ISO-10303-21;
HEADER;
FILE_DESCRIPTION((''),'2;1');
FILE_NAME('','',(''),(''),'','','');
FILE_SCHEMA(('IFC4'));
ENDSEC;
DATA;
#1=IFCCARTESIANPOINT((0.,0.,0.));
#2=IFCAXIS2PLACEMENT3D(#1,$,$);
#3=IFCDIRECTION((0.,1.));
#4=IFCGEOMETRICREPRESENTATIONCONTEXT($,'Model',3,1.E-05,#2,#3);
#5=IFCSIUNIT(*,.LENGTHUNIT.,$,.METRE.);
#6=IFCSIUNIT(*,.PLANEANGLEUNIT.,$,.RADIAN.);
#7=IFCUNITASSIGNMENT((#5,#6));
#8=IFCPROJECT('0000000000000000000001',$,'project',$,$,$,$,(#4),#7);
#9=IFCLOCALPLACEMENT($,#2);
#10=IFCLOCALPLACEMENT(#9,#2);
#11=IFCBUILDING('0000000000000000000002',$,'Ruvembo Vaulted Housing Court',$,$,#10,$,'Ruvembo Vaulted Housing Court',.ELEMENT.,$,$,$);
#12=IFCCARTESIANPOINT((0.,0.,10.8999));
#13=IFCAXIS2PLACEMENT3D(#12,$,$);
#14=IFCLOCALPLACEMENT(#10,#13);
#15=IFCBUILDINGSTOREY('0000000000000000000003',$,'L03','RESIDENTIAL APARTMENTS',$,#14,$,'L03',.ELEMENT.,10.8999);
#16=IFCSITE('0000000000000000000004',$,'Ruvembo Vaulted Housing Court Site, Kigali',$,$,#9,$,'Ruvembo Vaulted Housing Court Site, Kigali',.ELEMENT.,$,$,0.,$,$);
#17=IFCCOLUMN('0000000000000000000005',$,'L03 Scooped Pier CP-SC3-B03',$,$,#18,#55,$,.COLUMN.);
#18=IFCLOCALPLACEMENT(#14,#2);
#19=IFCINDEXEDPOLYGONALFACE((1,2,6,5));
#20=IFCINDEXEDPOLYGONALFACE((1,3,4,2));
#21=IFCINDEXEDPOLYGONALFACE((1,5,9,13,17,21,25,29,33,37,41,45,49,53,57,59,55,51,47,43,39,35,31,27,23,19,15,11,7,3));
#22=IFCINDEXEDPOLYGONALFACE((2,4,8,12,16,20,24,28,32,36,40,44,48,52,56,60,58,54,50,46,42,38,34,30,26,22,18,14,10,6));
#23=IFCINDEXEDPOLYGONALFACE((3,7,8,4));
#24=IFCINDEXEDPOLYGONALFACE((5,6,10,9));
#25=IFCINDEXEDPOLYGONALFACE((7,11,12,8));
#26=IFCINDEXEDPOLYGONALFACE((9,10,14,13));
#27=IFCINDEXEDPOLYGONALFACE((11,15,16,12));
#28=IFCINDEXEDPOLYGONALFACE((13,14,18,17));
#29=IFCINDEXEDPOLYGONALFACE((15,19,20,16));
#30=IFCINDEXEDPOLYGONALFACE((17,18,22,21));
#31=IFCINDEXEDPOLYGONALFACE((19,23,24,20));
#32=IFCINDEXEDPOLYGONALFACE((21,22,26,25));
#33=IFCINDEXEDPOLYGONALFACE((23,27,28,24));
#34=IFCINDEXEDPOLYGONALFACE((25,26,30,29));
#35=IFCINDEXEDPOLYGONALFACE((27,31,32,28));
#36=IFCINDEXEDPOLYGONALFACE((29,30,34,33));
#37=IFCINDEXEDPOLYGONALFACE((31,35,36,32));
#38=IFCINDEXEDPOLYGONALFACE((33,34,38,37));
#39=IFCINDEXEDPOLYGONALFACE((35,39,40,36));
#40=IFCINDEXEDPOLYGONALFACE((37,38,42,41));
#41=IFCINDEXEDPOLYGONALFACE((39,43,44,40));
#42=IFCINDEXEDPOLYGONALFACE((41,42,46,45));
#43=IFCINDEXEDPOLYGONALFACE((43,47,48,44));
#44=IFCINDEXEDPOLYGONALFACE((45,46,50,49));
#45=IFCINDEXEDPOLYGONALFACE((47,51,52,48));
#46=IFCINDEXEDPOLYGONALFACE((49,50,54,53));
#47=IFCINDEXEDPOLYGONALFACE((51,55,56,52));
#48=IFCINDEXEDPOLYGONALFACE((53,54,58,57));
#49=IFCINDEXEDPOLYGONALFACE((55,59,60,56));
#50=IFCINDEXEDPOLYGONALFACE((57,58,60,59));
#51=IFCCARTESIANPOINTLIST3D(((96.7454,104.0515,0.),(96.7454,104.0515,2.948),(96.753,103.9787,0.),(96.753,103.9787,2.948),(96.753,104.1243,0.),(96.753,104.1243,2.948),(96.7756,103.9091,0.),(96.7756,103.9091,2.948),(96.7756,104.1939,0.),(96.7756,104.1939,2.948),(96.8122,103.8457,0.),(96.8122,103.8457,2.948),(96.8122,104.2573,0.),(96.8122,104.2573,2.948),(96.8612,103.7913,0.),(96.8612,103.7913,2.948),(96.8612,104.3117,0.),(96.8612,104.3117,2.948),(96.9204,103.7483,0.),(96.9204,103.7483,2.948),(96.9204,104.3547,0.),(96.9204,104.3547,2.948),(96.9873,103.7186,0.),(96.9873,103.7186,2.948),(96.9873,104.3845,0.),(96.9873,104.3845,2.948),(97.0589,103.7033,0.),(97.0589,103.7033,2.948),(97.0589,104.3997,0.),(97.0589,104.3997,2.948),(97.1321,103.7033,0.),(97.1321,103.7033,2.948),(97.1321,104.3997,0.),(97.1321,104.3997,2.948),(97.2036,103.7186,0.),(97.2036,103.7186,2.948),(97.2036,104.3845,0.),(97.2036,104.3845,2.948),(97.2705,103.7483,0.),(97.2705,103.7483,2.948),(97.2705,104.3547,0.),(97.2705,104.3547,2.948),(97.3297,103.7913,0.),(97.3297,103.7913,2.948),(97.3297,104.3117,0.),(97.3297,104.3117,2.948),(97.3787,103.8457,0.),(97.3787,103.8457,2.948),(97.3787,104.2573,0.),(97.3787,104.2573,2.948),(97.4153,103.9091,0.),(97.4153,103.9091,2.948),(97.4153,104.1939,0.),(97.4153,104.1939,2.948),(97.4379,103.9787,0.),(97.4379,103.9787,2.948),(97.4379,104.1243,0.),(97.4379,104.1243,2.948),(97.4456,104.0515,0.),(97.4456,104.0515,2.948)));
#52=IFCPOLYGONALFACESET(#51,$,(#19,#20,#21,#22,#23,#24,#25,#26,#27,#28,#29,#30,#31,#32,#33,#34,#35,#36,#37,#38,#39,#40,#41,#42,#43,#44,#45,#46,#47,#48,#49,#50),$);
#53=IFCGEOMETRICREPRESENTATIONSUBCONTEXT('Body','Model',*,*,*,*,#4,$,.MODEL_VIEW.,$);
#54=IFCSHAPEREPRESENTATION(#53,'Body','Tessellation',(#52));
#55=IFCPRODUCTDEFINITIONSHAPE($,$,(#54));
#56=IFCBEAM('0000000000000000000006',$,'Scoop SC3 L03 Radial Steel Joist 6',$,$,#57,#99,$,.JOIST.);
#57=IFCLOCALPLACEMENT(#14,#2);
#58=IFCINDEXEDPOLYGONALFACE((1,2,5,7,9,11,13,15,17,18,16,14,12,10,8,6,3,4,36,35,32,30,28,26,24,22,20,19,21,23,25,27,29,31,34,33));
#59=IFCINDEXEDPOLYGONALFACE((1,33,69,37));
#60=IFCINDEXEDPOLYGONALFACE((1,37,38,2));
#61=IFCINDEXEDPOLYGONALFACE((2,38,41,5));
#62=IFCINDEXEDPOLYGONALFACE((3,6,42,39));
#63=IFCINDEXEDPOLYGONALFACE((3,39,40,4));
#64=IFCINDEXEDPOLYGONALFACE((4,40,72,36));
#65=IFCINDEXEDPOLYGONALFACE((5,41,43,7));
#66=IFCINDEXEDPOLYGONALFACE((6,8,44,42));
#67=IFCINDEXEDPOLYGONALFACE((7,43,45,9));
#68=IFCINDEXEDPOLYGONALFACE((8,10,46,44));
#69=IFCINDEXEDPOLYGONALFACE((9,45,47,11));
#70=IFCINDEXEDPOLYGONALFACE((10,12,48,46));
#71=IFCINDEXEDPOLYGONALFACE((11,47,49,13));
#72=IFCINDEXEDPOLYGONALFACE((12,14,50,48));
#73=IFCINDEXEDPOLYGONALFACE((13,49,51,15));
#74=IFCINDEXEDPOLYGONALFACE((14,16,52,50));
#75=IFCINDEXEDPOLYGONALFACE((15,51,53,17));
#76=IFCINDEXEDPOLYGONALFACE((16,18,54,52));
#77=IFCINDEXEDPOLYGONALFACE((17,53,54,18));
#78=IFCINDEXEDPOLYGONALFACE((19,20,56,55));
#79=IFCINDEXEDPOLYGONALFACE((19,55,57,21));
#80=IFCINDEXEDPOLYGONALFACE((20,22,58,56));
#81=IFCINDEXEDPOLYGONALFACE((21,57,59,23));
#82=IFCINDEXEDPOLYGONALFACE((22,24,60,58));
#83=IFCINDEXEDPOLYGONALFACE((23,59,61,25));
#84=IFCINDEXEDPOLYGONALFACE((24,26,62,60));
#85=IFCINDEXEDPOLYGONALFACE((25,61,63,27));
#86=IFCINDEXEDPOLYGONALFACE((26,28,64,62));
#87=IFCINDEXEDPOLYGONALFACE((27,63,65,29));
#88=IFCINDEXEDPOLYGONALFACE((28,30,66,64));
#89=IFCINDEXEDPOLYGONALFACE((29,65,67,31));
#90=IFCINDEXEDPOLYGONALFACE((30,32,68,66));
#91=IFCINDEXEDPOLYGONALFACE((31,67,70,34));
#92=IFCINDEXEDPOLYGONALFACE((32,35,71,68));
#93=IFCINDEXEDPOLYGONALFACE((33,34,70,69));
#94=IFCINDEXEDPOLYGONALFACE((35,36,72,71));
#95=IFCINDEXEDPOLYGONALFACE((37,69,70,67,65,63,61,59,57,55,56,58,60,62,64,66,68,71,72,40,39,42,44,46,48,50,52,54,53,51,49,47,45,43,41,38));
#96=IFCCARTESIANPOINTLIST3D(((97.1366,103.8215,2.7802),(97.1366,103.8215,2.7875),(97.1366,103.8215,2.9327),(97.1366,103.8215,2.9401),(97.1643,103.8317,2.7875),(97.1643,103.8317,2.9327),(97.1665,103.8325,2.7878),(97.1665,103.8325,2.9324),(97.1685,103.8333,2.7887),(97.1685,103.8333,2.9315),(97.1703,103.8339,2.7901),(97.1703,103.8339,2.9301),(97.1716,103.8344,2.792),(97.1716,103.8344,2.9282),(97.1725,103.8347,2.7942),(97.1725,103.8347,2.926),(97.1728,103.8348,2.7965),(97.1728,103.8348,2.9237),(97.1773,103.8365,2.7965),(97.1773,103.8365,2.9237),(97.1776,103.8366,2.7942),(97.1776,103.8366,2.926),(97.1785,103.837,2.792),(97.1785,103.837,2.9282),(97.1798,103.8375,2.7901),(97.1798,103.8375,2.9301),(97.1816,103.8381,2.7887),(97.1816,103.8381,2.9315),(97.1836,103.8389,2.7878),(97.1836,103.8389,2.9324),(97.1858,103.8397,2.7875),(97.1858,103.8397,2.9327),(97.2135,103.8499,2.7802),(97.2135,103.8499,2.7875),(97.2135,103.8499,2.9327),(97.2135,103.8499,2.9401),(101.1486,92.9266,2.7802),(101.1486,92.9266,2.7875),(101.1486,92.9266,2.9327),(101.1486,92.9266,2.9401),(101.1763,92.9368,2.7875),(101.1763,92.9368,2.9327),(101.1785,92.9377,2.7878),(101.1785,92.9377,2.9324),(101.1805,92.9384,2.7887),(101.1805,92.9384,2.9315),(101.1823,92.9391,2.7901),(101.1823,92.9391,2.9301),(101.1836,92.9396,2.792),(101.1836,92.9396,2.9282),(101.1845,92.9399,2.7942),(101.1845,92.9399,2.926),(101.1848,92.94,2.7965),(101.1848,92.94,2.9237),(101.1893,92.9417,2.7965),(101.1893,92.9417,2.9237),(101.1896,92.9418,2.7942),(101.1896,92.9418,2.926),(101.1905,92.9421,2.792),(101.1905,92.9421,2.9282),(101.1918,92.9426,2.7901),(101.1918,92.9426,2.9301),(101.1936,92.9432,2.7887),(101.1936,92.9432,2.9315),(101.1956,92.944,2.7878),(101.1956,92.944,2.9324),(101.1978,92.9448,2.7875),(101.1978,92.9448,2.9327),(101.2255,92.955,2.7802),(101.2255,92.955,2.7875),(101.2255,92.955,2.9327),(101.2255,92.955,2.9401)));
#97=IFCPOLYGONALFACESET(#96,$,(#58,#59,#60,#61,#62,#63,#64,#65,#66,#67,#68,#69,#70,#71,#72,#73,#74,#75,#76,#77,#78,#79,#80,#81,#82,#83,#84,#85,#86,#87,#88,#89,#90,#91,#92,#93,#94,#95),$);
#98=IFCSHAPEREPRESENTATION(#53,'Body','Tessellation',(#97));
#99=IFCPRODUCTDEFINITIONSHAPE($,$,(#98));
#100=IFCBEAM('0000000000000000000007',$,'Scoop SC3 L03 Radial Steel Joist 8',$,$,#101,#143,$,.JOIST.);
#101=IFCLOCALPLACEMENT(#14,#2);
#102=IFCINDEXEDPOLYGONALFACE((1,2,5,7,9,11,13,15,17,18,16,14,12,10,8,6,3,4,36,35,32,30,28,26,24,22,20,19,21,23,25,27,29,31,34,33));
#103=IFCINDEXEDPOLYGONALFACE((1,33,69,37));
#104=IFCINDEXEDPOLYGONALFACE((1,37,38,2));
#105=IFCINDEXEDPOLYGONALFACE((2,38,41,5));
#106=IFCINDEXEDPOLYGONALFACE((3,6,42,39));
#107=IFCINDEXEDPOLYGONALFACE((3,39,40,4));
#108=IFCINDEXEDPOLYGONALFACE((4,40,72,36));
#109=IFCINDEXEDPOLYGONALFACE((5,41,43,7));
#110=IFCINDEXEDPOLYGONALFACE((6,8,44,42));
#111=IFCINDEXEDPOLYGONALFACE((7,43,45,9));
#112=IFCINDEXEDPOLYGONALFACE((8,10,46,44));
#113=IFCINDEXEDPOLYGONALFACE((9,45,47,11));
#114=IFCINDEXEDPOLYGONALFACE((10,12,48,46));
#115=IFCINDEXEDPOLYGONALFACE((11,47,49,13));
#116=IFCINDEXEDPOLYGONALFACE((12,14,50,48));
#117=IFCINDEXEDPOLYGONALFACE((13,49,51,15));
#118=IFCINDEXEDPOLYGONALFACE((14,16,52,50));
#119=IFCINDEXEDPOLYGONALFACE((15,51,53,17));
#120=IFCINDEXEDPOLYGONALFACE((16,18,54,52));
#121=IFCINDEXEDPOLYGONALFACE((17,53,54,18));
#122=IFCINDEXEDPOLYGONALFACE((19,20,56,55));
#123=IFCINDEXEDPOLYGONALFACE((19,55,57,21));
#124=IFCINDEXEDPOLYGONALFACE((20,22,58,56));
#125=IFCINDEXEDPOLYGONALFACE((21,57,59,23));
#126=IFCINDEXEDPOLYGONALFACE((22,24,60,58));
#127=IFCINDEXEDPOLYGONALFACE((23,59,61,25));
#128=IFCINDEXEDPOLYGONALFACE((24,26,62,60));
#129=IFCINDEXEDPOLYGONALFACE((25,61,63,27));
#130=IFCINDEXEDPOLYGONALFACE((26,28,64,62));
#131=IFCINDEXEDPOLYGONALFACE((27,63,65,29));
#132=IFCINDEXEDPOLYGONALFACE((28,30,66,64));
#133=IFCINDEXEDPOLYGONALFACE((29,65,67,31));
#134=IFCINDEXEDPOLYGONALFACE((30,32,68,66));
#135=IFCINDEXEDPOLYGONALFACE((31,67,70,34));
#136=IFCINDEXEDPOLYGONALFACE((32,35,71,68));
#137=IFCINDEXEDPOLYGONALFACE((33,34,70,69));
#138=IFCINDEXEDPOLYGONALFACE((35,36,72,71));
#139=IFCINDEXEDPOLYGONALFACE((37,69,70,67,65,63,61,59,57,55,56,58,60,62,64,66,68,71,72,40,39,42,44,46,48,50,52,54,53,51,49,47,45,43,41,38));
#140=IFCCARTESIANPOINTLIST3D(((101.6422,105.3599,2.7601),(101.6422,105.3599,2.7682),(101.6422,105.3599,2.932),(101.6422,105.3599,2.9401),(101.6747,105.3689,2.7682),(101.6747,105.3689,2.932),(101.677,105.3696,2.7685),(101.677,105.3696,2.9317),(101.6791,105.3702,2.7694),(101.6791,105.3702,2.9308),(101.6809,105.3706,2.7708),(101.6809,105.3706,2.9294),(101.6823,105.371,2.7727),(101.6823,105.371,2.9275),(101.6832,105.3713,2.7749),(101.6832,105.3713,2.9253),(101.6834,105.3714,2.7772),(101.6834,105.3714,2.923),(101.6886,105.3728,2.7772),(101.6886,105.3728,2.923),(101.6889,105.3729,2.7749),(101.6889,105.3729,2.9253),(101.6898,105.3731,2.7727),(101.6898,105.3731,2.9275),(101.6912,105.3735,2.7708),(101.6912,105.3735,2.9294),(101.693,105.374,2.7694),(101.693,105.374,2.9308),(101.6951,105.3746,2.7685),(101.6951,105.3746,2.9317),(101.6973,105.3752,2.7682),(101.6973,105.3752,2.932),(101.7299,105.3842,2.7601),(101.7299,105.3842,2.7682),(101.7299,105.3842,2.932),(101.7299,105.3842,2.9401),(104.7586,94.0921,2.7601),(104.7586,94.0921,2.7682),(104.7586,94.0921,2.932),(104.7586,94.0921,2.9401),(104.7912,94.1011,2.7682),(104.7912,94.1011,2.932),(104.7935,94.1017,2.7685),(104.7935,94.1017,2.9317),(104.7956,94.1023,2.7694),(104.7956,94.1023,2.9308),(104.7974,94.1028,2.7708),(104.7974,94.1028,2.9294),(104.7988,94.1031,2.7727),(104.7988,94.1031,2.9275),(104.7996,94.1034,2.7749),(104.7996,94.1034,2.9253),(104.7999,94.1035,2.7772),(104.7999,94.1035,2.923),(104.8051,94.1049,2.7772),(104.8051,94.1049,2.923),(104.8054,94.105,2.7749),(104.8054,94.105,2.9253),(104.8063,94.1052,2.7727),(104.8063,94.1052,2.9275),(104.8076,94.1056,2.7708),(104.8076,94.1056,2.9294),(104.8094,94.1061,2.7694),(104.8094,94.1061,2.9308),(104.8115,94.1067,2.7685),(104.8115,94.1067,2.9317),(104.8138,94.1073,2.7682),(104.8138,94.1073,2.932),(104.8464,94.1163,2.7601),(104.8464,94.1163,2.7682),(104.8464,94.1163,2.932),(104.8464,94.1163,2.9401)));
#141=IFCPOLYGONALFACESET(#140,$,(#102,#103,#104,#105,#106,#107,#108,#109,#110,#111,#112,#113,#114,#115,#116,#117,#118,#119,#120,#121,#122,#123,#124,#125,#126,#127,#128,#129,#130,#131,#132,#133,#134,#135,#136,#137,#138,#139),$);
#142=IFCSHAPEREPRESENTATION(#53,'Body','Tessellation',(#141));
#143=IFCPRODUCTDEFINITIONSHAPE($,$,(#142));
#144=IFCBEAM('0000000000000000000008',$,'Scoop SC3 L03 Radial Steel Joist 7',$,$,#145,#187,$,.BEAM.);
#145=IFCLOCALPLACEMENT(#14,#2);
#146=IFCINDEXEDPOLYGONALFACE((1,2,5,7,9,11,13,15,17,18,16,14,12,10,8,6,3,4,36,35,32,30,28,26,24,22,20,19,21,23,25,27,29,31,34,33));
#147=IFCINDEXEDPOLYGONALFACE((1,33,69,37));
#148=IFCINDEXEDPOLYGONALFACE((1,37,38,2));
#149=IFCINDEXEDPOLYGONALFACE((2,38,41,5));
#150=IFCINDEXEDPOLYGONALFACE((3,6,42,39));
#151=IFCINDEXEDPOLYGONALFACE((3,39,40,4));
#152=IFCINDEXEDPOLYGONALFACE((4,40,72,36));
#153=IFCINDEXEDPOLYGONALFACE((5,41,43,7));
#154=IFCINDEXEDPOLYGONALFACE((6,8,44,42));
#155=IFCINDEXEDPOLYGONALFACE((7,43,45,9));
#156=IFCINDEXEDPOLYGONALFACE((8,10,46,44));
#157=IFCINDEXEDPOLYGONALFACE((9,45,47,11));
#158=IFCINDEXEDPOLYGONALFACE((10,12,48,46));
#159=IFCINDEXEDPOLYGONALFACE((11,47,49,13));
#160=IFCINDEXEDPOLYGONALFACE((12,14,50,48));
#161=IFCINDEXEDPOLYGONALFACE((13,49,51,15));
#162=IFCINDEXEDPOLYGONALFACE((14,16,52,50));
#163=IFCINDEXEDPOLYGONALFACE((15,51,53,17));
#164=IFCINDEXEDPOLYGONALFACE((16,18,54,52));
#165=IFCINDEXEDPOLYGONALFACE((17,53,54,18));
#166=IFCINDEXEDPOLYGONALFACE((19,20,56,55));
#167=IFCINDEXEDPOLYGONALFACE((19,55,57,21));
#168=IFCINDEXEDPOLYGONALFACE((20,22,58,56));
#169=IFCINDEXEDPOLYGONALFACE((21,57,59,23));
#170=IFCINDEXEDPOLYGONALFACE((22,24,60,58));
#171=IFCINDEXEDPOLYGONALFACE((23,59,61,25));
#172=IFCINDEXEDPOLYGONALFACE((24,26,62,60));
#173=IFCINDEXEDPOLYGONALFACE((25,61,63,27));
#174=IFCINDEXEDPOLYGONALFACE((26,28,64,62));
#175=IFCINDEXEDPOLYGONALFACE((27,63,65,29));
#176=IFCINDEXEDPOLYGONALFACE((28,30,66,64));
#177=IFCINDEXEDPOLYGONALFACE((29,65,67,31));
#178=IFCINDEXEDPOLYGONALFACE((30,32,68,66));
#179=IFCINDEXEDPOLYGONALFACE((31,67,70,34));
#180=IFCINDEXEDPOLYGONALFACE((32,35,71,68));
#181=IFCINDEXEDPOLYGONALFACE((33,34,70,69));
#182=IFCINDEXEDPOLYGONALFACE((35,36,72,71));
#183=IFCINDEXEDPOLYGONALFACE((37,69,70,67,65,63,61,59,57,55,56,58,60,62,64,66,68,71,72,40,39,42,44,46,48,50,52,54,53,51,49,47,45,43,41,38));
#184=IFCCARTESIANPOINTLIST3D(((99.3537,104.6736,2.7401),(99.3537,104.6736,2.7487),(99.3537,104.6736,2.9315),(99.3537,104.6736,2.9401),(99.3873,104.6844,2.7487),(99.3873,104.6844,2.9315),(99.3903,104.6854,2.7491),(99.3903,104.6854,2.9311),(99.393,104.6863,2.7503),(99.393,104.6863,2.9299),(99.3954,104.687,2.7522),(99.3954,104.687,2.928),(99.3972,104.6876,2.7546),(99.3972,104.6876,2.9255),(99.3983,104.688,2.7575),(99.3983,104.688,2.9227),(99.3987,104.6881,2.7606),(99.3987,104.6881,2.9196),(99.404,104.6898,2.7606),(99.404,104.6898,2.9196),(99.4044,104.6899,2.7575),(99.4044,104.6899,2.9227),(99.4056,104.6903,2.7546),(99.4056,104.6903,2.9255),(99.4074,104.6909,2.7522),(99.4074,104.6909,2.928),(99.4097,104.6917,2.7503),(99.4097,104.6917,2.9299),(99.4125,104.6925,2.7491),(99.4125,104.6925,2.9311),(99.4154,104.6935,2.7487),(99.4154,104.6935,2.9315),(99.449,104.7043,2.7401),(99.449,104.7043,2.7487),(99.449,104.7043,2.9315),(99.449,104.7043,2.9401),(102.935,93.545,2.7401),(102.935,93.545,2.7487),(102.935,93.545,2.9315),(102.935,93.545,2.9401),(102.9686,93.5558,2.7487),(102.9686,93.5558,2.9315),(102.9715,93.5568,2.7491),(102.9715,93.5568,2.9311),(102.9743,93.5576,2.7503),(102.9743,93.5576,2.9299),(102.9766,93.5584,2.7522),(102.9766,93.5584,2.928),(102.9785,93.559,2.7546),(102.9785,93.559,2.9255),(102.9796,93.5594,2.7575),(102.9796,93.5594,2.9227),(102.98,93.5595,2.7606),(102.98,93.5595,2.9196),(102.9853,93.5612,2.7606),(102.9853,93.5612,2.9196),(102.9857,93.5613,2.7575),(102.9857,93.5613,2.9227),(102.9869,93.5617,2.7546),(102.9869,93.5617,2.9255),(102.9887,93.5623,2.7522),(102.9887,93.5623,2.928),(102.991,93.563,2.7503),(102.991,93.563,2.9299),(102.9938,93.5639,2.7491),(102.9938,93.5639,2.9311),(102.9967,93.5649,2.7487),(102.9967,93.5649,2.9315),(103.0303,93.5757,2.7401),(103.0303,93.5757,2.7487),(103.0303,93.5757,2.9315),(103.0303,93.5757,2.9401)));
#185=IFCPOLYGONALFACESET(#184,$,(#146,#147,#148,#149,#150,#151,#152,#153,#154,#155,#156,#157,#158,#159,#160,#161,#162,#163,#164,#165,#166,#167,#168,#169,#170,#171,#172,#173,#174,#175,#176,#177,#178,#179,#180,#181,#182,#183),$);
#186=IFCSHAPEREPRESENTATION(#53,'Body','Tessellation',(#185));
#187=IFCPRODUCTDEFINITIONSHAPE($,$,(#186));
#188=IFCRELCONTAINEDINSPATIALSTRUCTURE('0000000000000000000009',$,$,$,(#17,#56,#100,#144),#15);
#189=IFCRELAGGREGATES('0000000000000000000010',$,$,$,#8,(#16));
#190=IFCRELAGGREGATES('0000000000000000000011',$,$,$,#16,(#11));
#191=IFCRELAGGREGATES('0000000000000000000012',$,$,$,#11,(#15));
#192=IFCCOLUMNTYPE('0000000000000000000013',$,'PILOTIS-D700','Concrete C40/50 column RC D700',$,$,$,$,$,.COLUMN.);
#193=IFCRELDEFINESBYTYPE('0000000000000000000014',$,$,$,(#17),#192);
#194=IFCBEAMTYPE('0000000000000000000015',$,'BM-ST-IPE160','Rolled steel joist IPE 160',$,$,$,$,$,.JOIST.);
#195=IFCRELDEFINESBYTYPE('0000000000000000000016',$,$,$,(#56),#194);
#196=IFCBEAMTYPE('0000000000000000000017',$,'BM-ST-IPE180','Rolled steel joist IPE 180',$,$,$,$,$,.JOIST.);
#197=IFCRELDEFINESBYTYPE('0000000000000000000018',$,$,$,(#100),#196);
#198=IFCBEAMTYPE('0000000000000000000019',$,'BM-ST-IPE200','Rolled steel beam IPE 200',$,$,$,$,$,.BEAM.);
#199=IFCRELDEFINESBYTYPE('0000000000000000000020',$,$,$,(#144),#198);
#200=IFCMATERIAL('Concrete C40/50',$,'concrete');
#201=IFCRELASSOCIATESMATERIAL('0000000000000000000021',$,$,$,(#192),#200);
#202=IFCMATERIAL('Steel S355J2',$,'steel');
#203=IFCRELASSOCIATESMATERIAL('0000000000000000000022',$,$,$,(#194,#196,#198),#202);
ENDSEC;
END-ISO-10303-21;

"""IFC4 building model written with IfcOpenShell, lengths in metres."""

from ifc_helpers import new_model, si_unit, direction, frame, origin, origin_2d, place, context, subcontext, project, spatial, circle, i_section, extrude, material, material_profile, profile_set, type_object, element, save


model = new_model("IFC4")

# Units and contexts
model_context = context("Model", 3, precision=1e-05, world=origin(), true_north=direction((0.0, 1.0)))
body_context = subcontext(model_context, "Body", "Model", "MODEL_VIEW")
ifc_project = project(units=[si_unit("LENGTHUNIT", "METRE"), si_unit("PLANEANGLEUNIT", "RADIAN")], contexts=[model_context])

# Site, building, storey
site_placement = place(None, origin())
site = spatial("IfcSite", under=ifc_project, at=site_placement, Name="Ruvembo Vaulted Housing Court Site, Kigali", LongName="Ruvembo Vaulted Housing Court Site, Kigali", CompositionType="ELEMENT", RefElevation=0.0)
building_placement = place(site_placement, origin())
building = spatial("IfcBuilding", under=site, at=building_placement, Name="Ruvembo Vaulted Housing Court", LongName="Ruvembo Vaulted Housing Court", CompositionType="ELEMENT")
storey_placement = place(building_placement, frame((0.0, 0.0, 10.8999)))
storey = spatial("IfcBuildingStorey", under=building, at=storey_placement, Name="L03", Description="RESIDENTIAL APARTMENTS", LongName="L03", CompositionType="ELEMENT", Elevation=10.8999)

# Column
ifc_material_1 = material(Name="Concrete C40/50", Category="concrete")
ifc_material_profile_1 = material_profile(ifc_material_1, circle(Radius=0.3501, at=origin_2d()), Name="RC D700")
ifc_profile_set_1 = profile_set([ifc_material_profile_1], Name="Concrete C40/50")
column_type = type_object("IfcColumnType", Name="PILOTIS-D700", Description="Concrete C40/50 column RC D700", PredefinedType="COLUMN", material=ifc_profile_set_1)
column_placement = place(storey_placement, frame((97.0955, 104.0515, 0.0), z_axis=(0.0, 0.0, 1.0), x_axis=(1.0, 0.0, 0.0)))
element("IfcColumn", 1, at=column_placement, inside=storey, type_object=column_type, Name="L03 Scooped Pier CP-SC3-B03", PredefinedType="COLUMN", context=body_context, shape_type="SweptSolid", body=[
    extrude(circle(Radius=0.3501, at=origin_2d()), origin(), (0.0, 0.0, 1.0), 2.948),
])

# Beams
ifc_material_2 = material(Name="Steel S355J2", Category="steel")
ifc_material_profile_2 = material_profile(ifc_material_2, i_section(OverallWidth=0.082, OverallDepth=0.1599, WebThickness=0.0049, FlangeThickness=0.0073, FilletRadius=0.009, at=origin_2d()), Name="IPE 160")
ifc_profile_set_2 = profile_set([ifc_material_profile_2], Name="Steel S355J2")
beam_type_1 = type_object("IfcBeamType", Name="BM-ST-IPE160", Description="Rolled steel joist IPE 160", PredefinedType="JOIST", material=ifc_profile_set_2)
beam_1_placement = place(storey_placement, frame((97.175, 103.8357, 2.8601), z_axis=(0.345561, -0.938396, 0.0), x_axis=(0.938396, 0.345561, 0.0)))
element("IfcBeam", 2, at=beam_1_placement, inside=storey, type_object=beam_type_1, Name="Scoop SC3 L03 Radial Steel Joist 6", PredefinedType="JOIST", context=body_context, shape_type="SweptSolid", body=[
    extrude(i_section(OverallWidth=0.082, OverallDepth=0.1599, WebThickness=0.0049, FlangeThickness=0.0073, FilletRadius=0.009, at=origin_2d()), origin(), (0.0, 0.0, 1.0), 11.6101),
])
ifc_material_profile_3 = material_profile(ifc_material_2, i_section(OverallWidth=0.0911, OverallDepth=0.1799, WebThickness=0.0054, FlangeThickness=0.0081, FilletRadius=0.009, at=origin_2d()), Name="IPE 180")
ifc_profile_set_3 = profile_set([ifc_material_profile_3], Name="Steel S355J2")
beam_type_2 = type_object("IfcBeamType", Name="BM-ST-IPE180", Description="Rolled steel joist IPE 180", PredefinedType="JOIST", material=ifc_profile_set_3)
beam_2_placement = place(storey_placement, frame((101.686, 105.3721, 2.8501), z_axis=(0.266572, -0.963815, 0.0), x_axis=(0.963815, 0.266572, 0.0)))
element("IfcBeam", 3, at=beam_2_placement, inside=storey, type_object=beam_type_2, Name="Scoop SC3 L03 Radial Steel Joist 8", PredefinedType="JOIST", context=body_context, shape_type="SweptSolid", body=[
    extrude(i_section(OverallWidth=0.0911, OverallDepth=0.1799, WebThickness=0.0054, FlangeThickness=0.0081, FilletRadius=0.009, at=origin_2d()), origin(), (0.0, 0.0, 1.0), 11.6909),
])
ifc_material_profile_4 = material_profile(ifc_material_2, i_section(OverallWidth=0.1001, OverallDepth=0.2, WebThickness=0.0056, FlangeThickness=0.0085, FilletRadius=0.012, at=origin_2d()), Name="IPE 200")
ifc_profile_set_4 = profile_set([ifc_material_profile_4], Name="Steel S355J2")
beam_type_3 = type_object("IfcBeamType", Name="BM-ST-IPE200", Description="Rolled steel beam IPE 200", PredefinedType="BEAM", material=ifc_profile_set_4)
beam_3_placement = place(storey_placement, frame((99.4014, 104.689, 2.8401), z_axis=(0.306337, -0.951923, 0.0), x_axis=(0.951923, 0.306337, 0.0)))
element("IfcBeam", 4, at=beam_3_placement, inside=storey, type_object=beam_type_3, Name="Scoop SC3 L03 Radial Steel Joist 7", PredefinedType="BEAM", context=body_context, shape_type="SweptSolid", body=[
    extrude(i_section(OverallWidth=0.1001, OverallDepth=0.2, WebThickness=0.0056, FlangeThickness=0.0085, FilletRadius=0.012, at=origin_2d()), origin(), (0.0, 0.0, 1.0), 11.6907),
])

save(model, "model.ifc")
